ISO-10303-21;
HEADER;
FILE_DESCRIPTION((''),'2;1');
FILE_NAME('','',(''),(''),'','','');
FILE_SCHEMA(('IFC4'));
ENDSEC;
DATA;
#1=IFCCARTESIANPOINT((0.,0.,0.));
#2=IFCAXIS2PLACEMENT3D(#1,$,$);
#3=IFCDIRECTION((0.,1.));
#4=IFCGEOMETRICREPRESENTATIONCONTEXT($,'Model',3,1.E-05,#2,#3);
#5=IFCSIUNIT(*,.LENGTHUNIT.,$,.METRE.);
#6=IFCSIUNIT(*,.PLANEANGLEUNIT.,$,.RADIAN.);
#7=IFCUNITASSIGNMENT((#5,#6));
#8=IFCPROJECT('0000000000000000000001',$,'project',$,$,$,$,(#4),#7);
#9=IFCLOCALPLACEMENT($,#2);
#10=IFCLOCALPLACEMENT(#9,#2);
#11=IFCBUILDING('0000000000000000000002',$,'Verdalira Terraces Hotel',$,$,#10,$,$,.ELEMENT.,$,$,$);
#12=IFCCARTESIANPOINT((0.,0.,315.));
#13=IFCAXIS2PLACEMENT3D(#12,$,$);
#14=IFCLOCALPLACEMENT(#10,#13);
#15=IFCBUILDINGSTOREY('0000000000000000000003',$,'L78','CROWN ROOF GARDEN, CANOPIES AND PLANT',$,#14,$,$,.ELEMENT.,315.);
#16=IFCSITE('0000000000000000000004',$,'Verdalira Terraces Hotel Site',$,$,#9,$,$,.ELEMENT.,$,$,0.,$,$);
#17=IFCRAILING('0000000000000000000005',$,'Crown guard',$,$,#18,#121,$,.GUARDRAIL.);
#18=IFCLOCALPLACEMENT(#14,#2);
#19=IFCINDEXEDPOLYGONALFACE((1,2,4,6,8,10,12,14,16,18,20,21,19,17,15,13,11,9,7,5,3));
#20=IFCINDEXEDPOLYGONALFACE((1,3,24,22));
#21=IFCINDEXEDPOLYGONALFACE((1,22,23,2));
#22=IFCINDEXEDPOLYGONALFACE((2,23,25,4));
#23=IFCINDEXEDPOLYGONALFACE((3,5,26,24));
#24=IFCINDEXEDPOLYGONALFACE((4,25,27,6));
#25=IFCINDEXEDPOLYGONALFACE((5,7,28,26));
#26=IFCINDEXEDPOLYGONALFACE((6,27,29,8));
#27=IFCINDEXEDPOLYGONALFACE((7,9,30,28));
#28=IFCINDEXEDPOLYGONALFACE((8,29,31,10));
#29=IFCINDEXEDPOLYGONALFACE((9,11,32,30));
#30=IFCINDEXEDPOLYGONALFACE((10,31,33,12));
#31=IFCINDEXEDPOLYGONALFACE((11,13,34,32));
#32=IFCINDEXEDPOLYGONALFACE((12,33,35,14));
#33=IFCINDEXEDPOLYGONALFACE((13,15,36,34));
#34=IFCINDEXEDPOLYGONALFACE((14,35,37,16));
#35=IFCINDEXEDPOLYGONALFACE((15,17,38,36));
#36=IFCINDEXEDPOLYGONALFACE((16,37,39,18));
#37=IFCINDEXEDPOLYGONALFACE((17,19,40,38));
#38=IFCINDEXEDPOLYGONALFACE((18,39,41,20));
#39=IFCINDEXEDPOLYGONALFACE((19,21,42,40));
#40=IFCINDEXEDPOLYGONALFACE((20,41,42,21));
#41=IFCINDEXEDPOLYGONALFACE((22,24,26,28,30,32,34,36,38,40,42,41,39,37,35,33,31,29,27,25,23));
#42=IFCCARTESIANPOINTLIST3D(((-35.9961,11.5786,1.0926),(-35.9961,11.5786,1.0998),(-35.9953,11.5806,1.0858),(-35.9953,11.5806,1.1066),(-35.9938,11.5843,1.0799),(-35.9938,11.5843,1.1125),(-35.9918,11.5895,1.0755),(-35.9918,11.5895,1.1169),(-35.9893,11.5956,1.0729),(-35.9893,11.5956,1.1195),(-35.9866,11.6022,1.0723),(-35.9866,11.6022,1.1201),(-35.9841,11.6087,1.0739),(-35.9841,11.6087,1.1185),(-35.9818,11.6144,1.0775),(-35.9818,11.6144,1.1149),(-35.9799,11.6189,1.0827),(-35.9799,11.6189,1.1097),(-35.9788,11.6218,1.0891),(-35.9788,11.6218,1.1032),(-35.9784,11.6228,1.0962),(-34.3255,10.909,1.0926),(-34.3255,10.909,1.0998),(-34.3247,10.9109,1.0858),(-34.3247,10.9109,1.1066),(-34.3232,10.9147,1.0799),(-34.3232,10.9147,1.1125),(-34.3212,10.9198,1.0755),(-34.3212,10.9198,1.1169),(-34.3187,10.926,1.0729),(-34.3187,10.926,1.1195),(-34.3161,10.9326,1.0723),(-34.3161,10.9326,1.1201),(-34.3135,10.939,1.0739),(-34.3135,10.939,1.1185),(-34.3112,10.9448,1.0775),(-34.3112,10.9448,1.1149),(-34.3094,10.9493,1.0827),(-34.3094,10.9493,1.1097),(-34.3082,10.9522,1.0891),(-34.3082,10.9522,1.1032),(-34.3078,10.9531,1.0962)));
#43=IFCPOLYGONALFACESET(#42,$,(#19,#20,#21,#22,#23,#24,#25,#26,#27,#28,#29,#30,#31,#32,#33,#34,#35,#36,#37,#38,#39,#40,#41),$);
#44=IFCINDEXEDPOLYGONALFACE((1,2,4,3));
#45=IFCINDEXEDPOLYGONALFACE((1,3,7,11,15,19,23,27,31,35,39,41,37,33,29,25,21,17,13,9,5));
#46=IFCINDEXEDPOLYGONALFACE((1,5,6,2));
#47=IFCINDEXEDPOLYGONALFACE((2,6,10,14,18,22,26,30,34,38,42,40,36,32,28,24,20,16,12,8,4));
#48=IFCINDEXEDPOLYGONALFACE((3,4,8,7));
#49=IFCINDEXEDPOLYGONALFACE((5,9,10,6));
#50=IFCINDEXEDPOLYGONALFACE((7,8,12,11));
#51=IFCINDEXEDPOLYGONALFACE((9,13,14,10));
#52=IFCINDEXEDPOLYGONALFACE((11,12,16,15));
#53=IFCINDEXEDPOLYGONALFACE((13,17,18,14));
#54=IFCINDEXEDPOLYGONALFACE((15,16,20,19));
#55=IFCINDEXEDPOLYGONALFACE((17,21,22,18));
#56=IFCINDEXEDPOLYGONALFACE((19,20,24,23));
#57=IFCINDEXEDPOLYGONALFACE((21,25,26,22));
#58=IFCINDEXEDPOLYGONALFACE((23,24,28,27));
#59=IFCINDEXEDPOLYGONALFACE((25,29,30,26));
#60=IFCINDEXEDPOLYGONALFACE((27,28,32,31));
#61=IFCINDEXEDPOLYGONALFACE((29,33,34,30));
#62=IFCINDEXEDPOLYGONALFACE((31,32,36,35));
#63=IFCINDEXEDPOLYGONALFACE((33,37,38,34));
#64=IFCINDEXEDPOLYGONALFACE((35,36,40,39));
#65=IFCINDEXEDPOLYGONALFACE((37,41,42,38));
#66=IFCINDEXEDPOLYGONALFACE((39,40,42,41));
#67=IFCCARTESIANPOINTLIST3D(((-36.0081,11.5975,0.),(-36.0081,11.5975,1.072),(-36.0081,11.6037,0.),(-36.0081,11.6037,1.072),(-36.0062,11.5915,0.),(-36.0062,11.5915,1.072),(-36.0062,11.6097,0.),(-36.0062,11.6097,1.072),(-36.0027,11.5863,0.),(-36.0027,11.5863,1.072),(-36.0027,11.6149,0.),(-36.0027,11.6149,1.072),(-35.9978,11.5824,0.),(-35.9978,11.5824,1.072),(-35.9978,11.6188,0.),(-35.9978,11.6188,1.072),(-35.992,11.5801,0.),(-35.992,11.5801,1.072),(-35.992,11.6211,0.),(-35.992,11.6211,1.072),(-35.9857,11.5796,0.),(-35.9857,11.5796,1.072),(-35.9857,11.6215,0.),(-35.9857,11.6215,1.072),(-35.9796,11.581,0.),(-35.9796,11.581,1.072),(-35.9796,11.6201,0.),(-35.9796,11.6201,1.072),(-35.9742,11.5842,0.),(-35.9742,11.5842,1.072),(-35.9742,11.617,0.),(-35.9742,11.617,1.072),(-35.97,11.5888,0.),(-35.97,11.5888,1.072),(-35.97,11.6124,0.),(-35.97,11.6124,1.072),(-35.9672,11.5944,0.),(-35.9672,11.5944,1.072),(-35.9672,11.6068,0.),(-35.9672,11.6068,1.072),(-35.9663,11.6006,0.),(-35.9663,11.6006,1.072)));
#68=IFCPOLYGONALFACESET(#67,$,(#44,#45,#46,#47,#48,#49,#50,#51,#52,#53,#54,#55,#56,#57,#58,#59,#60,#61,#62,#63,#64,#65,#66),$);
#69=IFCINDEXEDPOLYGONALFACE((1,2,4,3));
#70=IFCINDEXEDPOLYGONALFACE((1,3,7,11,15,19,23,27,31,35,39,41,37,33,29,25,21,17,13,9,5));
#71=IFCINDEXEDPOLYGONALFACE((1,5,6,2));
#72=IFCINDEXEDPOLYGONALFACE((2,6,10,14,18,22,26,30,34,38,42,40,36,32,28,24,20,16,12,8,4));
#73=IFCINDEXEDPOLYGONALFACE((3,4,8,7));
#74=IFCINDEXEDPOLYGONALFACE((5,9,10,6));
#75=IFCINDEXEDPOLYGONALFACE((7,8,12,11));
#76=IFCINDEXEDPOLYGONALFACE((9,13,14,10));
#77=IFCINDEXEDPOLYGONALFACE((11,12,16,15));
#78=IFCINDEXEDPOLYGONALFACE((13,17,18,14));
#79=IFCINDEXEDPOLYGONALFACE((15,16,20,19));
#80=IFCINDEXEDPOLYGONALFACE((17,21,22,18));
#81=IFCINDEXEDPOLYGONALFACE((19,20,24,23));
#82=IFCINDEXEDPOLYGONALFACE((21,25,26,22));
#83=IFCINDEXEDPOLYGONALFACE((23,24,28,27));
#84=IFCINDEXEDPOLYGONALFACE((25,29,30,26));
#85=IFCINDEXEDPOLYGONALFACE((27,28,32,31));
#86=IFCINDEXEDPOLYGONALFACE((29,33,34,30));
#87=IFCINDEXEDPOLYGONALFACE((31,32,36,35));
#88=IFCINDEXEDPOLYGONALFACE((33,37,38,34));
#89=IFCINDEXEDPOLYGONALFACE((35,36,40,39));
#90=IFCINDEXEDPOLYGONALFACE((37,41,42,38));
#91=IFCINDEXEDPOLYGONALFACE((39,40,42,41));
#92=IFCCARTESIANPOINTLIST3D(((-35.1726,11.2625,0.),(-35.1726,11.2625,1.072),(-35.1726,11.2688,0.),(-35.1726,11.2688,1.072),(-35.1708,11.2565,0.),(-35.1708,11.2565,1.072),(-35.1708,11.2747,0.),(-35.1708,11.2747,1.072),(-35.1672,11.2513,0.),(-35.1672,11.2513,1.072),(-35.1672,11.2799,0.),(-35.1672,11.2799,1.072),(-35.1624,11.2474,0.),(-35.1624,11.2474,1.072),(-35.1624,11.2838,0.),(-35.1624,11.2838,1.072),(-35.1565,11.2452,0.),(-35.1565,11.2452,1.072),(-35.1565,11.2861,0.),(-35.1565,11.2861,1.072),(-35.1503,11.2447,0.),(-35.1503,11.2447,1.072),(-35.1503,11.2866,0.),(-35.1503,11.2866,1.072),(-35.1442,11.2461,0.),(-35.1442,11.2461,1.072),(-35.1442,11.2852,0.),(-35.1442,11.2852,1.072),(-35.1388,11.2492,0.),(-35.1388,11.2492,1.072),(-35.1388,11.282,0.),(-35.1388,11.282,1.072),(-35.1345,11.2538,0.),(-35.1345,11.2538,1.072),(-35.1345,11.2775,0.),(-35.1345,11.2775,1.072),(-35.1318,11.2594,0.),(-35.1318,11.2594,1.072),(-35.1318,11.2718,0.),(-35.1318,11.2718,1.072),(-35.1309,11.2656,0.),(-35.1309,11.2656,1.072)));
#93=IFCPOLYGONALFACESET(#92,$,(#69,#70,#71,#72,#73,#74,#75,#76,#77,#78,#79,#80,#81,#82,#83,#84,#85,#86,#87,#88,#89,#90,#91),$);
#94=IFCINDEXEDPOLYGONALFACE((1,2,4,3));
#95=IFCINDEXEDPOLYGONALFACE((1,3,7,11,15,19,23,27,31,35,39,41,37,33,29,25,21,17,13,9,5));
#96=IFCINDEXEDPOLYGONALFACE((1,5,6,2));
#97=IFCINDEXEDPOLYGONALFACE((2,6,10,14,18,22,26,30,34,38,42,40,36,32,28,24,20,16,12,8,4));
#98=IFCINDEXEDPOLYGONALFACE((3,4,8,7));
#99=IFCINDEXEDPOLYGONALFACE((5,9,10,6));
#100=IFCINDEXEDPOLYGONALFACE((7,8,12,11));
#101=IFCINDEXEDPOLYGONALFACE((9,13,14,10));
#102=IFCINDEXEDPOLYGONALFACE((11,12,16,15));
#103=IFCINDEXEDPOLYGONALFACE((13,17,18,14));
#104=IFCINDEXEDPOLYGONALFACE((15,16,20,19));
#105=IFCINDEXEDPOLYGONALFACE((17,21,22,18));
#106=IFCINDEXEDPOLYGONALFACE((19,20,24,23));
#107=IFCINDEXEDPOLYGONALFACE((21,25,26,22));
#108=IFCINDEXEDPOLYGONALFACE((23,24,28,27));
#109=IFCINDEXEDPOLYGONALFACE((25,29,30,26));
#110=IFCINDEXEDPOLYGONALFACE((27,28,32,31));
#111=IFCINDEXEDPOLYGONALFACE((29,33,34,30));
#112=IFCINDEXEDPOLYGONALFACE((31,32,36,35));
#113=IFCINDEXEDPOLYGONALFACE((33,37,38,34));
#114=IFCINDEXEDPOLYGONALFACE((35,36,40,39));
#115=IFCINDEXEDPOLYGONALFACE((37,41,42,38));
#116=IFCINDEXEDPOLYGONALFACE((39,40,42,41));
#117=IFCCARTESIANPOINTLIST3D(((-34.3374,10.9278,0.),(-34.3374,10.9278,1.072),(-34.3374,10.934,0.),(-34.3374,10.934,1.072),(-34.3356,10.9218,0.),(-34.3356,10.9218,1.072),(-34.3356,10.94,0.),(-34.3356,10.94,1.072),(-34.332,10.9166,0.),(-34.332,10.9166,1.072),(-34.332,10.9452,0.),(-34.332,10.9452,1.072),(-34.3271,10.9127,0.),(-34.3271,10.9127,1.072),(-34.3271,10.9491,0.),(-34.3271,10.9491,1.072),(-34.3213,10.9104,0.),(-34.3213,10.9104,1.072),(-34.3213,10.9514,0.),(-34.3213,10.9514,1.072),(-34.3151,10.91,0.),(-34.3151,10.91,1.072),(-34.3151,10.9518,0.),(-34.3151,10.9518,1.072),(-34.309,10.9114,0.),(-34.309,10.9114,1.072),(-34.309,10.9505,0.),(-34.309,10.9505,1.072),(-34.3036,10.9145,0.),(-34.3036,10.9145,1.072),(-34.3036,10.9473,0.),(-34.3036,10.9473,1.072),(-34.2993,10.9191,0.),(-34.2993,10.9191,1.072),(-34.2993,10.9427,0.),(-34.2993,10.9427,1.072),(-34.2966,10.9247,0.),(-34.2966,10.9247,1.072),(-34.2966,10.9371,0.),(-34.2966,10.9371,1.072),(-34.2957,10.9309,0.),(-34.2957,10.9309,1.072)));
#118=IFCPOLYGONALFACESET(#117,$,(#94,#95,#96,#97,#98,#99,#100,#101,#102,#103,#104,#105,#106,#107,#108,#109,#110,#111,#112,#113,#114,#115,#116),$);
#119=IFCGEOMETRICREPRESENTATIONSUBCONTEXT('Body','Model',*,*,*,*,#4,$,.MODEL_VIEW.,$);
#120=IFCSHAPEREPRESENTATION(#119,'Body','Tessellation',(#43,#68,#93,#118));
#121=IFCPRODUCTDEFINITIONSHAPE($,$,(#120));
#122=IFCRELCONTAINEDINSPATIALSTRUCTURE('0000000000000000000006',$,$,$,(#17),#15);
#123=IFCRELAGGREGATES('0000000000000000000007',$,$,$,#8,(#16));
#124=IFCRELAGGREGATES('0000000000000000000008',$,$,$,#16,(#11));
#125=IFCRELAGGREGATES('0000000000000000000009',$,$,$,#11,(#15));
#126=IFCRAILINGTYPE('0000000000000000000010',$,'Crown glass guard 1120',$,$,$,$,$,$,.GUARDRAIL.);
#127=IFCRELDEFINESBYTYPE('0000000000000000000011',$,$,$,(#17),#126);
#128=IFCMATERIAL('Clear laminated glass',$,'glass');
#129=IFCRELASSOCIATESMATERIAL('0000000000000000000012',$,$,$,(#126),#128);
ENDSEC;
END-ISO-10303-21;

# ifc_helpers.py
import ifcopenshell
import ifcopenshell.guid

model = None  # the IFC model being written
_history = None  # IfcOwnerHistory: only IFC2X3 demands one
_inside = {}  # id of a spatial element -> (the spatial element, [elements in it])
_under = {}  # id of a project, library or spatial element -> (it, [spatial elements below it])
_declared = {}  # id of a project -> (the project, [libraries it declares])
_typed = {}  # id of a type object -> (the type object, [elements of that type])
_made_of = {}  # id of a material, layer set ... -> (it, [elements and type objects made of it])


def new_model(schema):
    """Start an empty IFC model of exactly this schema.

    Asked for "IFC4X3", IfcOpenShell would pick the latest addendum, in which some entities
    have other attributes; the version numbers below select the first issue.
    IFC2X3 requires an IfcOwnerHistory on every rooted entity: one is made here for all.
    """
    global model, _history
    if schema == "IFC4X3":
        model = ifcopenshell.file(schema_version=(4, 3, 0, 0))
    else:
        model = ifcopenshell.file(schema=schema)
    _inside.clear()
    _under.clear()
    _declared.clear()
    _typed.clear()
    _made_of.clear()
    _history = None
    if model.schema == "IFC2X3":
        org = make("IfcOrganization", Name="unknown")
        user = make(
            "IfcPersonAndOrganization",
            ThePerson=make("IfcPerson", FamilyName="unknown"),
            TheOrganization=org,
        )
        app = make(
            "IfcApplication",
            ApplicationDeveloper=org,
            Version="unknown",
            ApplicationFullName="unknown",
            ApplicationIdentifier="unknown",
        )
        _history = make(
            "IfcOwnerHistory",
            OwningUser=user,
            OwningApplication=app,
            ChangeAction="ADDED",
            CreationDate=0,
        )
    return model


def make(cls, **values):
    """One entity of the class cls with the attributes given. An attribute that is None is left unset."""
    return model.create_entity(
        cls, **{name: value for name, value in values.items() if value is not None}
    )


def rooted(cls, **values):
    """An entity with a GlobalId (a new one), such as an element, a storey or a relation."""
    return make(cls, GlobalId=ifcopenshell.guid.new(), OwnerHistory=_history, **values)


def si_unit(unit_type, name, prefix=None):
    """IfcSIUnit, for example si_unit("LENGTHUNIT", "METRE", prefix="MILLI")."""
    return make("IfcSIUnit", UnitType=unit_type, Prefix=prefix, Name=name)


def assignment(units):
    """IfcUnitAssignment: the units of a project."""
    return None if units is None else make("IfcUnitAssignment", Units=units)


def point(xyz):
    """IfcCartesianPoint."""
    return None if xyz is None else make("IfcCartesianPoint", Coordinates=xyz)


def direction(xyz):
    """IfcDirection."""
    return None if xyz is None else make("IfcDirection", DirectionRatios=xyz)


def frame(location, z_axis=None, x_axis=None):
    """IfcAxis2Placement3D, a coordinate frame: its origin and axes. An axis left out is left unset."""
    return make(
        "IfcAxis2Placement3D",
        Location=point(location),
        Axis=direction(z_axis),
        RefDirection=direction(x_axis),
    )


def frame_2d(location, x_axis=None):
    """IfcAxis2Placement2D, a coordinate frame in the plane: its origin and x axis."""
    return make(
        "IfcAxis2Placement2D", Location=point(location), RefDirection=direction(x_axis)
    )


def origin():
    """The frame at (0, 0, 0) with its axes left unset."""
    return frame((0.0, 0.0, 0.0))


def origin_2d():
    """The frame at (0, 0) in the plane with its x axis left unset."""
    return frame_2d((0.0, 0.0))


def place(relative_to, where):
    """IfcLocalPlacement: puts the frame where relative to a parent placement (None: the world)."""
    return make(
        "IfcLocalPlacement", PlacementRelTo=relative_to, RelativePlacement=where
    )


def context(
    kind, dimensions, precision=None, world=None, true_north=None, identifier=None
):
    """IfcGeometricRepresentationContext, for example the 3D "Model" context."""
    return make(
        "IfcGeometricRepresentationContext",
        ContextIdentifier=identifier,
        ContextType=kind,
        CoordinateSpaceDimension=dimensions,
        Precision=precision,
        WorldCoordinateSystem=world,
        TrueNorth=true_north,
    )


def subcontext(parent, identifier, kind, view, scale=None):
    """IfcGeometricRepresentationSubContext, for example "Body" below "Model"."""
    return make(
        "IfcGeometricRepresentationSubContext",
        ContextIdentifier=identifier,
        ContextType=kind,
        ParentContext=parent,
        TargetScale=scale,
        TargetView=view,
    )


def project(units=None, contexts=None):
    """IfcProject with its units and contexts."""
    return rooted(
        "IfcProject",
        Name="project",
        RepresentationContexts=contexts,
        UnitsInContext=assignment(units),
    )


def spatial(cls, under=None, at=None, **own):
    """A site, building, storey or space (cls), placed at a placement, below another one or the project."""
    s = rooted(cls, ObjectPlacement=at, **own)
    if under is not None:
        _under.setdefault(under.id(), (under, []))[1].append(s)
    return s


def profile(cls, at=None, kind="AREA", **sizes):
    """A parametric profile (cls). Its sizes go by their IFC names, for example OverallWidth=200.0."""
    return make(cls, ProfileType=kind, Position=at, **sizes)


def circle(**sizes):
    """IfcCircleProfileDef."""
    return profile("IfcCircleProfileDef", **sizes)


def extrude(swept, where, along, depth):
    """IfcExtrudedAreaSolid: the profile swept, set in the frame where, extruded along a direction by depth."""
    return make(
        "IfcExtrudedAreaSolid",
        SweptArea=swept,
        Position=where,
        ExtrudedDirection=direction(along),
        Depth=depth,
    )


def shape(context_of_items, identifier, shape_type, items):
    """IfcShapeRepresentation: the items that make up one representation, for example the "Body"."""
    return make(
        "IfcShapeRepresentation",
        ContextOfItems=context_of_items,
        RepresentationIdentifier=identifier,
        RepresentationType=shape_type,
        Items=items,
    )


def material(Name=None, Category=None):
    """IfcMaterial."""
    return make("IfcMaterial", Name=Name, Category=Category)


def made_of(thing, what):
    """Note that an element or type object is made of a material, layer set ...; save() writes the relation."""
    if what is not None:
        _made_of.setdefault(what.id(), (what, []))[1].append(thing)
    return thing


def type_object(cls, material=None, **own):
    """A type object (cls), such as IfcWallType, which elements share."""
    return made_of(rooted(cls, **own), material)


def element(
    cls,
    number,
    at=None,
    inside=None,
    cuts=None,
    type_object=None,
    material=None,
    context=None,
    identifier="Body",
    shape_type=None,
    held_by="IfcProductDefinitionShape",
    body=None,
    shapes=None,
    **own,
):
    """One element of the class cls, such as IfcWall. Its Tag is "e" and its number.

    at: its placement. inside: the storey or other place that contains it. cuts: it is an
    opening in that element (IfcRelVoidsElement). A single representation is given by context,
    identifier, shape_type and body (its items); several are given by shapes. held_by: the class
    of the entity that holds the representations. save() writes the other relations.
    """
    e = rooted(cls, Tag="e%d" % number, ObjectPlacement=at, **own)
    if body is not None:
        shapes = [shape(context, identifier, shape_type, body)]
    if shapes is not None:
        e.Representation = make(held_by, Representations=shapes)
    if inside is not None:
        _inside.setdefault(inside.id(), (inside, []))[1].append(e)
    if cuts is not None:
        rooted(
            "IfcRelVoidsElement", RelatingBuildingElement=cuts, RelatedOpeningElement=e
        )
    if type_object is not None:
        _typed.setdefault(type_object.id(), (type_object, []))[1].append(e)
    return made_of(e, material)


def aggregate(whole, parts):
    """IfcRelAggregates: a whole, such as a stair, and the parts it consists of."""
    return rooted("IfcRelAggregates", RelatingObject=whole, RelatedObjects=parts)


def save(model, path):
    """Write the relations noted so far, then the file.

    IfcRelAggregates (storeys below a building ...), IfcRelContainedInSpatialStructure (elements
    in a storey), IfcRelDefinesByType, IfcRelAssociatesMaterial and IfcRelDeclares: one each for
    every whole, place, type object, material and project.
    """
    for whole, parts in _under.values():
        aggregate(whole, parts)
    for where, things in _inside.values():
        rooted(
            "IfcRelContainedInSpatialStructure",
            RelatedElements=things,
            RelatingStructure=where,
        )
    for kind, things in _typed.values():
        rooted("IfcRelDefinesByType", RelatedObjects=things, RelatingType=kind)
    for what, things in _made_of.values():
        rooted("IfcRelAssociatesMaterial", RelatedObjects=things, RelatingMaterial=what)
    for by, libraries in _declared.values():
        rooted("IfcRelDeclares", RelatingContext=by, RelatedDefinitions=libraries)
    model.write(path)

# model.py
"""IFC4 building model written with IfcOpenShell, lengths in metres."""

from ifc_helpers import new_model, si_unit, direction, frame, origin, origin_2d, place, context, subcontext, project, spatial, circle, extrude, material, type_object, element, save


model = new_model("IFC4")

# Units and contexts
model_context = context("Model", 3, precision=1e-05, world=origin(), true_north=direction((0.0, 1.0)))
body_context = subcontext(model_context, "Body", "Model", "MODEL_VIEW")
ifc_project = project(units=[si_unit("LENGTHUNIT", "METRE"), si_unit("PLANEANGLEUNIT", "RADIAN")], contexts=[model_context])

# Site, building, storey
site_placement = place(None, origin())
site = spatial("IfcSite", under=ifc_project, at=site_placement, Name="Verdalira Terraces Hotel Site", CompositionType="ELEMENT", RefElevation=0.0)
building_placement = place(site_placement, origin())
building = spatial("IfcBuilding", under=site, at=building_placement, Name="Verdalira Terraces Hotel", CompositionType="ELEMENT")
storey_placement = place(building_placement, frame((0.0, 0.0, 315.0)))
storey = spatial("IfcBuildingStorey", under=building, at=storey_placement, Name="L78", Description="CROWN ROOF GARDEN, CANOPIES AND PLANT", CompositionType="ELEMENT", Elevation=315.0)

# Railing
ifc_material_1 = material(Name="Clear laminated glass", Category="glass")
railing_type = type_object("IfcRailingType", Name="Crown glass guard 1120", PredefinedType="GUARDRAIL", material=ifc_material_1)
railing_1_placement = place(storey_placement, frame((-35.9873, 11.6006, 0.0)))
element("IfcRailing", 1, at=railing_1_placement, inside=storey, type_object=railing_type, Name="Crown guard", PredefinedType="GUARDRAIL", context=body_context, shape_type="SweptSolid", body=[
    extrude(circle(Radius=0.0239, at=origin_2d()), frame((0.0, 0.0, 1.0962), z_axis=(0.928205, -0.372069, 0.0), x_axis=(0.372069, 0.928205, 0.0)), (0.0, 0.0, 1.0), 1.7998),
    extrude(circle(Radius=0.021, at=origin_2d()), origin(), (0.0, 0.0, 1.0), 1.072),
    extrude(circle(Radius=0.021, at=origin_2d()), frame((0.8354, -0.335, 0.0)), (0.0, 0.0, 1.0), 1.072),
    extrude(circle(Radius=0.021, at=origin_2d()), frame((1.6707, -0.6697, 0.0)), (0.0, 0.0, 1.0), 1.072),
])

save(model, "model.ifc")
